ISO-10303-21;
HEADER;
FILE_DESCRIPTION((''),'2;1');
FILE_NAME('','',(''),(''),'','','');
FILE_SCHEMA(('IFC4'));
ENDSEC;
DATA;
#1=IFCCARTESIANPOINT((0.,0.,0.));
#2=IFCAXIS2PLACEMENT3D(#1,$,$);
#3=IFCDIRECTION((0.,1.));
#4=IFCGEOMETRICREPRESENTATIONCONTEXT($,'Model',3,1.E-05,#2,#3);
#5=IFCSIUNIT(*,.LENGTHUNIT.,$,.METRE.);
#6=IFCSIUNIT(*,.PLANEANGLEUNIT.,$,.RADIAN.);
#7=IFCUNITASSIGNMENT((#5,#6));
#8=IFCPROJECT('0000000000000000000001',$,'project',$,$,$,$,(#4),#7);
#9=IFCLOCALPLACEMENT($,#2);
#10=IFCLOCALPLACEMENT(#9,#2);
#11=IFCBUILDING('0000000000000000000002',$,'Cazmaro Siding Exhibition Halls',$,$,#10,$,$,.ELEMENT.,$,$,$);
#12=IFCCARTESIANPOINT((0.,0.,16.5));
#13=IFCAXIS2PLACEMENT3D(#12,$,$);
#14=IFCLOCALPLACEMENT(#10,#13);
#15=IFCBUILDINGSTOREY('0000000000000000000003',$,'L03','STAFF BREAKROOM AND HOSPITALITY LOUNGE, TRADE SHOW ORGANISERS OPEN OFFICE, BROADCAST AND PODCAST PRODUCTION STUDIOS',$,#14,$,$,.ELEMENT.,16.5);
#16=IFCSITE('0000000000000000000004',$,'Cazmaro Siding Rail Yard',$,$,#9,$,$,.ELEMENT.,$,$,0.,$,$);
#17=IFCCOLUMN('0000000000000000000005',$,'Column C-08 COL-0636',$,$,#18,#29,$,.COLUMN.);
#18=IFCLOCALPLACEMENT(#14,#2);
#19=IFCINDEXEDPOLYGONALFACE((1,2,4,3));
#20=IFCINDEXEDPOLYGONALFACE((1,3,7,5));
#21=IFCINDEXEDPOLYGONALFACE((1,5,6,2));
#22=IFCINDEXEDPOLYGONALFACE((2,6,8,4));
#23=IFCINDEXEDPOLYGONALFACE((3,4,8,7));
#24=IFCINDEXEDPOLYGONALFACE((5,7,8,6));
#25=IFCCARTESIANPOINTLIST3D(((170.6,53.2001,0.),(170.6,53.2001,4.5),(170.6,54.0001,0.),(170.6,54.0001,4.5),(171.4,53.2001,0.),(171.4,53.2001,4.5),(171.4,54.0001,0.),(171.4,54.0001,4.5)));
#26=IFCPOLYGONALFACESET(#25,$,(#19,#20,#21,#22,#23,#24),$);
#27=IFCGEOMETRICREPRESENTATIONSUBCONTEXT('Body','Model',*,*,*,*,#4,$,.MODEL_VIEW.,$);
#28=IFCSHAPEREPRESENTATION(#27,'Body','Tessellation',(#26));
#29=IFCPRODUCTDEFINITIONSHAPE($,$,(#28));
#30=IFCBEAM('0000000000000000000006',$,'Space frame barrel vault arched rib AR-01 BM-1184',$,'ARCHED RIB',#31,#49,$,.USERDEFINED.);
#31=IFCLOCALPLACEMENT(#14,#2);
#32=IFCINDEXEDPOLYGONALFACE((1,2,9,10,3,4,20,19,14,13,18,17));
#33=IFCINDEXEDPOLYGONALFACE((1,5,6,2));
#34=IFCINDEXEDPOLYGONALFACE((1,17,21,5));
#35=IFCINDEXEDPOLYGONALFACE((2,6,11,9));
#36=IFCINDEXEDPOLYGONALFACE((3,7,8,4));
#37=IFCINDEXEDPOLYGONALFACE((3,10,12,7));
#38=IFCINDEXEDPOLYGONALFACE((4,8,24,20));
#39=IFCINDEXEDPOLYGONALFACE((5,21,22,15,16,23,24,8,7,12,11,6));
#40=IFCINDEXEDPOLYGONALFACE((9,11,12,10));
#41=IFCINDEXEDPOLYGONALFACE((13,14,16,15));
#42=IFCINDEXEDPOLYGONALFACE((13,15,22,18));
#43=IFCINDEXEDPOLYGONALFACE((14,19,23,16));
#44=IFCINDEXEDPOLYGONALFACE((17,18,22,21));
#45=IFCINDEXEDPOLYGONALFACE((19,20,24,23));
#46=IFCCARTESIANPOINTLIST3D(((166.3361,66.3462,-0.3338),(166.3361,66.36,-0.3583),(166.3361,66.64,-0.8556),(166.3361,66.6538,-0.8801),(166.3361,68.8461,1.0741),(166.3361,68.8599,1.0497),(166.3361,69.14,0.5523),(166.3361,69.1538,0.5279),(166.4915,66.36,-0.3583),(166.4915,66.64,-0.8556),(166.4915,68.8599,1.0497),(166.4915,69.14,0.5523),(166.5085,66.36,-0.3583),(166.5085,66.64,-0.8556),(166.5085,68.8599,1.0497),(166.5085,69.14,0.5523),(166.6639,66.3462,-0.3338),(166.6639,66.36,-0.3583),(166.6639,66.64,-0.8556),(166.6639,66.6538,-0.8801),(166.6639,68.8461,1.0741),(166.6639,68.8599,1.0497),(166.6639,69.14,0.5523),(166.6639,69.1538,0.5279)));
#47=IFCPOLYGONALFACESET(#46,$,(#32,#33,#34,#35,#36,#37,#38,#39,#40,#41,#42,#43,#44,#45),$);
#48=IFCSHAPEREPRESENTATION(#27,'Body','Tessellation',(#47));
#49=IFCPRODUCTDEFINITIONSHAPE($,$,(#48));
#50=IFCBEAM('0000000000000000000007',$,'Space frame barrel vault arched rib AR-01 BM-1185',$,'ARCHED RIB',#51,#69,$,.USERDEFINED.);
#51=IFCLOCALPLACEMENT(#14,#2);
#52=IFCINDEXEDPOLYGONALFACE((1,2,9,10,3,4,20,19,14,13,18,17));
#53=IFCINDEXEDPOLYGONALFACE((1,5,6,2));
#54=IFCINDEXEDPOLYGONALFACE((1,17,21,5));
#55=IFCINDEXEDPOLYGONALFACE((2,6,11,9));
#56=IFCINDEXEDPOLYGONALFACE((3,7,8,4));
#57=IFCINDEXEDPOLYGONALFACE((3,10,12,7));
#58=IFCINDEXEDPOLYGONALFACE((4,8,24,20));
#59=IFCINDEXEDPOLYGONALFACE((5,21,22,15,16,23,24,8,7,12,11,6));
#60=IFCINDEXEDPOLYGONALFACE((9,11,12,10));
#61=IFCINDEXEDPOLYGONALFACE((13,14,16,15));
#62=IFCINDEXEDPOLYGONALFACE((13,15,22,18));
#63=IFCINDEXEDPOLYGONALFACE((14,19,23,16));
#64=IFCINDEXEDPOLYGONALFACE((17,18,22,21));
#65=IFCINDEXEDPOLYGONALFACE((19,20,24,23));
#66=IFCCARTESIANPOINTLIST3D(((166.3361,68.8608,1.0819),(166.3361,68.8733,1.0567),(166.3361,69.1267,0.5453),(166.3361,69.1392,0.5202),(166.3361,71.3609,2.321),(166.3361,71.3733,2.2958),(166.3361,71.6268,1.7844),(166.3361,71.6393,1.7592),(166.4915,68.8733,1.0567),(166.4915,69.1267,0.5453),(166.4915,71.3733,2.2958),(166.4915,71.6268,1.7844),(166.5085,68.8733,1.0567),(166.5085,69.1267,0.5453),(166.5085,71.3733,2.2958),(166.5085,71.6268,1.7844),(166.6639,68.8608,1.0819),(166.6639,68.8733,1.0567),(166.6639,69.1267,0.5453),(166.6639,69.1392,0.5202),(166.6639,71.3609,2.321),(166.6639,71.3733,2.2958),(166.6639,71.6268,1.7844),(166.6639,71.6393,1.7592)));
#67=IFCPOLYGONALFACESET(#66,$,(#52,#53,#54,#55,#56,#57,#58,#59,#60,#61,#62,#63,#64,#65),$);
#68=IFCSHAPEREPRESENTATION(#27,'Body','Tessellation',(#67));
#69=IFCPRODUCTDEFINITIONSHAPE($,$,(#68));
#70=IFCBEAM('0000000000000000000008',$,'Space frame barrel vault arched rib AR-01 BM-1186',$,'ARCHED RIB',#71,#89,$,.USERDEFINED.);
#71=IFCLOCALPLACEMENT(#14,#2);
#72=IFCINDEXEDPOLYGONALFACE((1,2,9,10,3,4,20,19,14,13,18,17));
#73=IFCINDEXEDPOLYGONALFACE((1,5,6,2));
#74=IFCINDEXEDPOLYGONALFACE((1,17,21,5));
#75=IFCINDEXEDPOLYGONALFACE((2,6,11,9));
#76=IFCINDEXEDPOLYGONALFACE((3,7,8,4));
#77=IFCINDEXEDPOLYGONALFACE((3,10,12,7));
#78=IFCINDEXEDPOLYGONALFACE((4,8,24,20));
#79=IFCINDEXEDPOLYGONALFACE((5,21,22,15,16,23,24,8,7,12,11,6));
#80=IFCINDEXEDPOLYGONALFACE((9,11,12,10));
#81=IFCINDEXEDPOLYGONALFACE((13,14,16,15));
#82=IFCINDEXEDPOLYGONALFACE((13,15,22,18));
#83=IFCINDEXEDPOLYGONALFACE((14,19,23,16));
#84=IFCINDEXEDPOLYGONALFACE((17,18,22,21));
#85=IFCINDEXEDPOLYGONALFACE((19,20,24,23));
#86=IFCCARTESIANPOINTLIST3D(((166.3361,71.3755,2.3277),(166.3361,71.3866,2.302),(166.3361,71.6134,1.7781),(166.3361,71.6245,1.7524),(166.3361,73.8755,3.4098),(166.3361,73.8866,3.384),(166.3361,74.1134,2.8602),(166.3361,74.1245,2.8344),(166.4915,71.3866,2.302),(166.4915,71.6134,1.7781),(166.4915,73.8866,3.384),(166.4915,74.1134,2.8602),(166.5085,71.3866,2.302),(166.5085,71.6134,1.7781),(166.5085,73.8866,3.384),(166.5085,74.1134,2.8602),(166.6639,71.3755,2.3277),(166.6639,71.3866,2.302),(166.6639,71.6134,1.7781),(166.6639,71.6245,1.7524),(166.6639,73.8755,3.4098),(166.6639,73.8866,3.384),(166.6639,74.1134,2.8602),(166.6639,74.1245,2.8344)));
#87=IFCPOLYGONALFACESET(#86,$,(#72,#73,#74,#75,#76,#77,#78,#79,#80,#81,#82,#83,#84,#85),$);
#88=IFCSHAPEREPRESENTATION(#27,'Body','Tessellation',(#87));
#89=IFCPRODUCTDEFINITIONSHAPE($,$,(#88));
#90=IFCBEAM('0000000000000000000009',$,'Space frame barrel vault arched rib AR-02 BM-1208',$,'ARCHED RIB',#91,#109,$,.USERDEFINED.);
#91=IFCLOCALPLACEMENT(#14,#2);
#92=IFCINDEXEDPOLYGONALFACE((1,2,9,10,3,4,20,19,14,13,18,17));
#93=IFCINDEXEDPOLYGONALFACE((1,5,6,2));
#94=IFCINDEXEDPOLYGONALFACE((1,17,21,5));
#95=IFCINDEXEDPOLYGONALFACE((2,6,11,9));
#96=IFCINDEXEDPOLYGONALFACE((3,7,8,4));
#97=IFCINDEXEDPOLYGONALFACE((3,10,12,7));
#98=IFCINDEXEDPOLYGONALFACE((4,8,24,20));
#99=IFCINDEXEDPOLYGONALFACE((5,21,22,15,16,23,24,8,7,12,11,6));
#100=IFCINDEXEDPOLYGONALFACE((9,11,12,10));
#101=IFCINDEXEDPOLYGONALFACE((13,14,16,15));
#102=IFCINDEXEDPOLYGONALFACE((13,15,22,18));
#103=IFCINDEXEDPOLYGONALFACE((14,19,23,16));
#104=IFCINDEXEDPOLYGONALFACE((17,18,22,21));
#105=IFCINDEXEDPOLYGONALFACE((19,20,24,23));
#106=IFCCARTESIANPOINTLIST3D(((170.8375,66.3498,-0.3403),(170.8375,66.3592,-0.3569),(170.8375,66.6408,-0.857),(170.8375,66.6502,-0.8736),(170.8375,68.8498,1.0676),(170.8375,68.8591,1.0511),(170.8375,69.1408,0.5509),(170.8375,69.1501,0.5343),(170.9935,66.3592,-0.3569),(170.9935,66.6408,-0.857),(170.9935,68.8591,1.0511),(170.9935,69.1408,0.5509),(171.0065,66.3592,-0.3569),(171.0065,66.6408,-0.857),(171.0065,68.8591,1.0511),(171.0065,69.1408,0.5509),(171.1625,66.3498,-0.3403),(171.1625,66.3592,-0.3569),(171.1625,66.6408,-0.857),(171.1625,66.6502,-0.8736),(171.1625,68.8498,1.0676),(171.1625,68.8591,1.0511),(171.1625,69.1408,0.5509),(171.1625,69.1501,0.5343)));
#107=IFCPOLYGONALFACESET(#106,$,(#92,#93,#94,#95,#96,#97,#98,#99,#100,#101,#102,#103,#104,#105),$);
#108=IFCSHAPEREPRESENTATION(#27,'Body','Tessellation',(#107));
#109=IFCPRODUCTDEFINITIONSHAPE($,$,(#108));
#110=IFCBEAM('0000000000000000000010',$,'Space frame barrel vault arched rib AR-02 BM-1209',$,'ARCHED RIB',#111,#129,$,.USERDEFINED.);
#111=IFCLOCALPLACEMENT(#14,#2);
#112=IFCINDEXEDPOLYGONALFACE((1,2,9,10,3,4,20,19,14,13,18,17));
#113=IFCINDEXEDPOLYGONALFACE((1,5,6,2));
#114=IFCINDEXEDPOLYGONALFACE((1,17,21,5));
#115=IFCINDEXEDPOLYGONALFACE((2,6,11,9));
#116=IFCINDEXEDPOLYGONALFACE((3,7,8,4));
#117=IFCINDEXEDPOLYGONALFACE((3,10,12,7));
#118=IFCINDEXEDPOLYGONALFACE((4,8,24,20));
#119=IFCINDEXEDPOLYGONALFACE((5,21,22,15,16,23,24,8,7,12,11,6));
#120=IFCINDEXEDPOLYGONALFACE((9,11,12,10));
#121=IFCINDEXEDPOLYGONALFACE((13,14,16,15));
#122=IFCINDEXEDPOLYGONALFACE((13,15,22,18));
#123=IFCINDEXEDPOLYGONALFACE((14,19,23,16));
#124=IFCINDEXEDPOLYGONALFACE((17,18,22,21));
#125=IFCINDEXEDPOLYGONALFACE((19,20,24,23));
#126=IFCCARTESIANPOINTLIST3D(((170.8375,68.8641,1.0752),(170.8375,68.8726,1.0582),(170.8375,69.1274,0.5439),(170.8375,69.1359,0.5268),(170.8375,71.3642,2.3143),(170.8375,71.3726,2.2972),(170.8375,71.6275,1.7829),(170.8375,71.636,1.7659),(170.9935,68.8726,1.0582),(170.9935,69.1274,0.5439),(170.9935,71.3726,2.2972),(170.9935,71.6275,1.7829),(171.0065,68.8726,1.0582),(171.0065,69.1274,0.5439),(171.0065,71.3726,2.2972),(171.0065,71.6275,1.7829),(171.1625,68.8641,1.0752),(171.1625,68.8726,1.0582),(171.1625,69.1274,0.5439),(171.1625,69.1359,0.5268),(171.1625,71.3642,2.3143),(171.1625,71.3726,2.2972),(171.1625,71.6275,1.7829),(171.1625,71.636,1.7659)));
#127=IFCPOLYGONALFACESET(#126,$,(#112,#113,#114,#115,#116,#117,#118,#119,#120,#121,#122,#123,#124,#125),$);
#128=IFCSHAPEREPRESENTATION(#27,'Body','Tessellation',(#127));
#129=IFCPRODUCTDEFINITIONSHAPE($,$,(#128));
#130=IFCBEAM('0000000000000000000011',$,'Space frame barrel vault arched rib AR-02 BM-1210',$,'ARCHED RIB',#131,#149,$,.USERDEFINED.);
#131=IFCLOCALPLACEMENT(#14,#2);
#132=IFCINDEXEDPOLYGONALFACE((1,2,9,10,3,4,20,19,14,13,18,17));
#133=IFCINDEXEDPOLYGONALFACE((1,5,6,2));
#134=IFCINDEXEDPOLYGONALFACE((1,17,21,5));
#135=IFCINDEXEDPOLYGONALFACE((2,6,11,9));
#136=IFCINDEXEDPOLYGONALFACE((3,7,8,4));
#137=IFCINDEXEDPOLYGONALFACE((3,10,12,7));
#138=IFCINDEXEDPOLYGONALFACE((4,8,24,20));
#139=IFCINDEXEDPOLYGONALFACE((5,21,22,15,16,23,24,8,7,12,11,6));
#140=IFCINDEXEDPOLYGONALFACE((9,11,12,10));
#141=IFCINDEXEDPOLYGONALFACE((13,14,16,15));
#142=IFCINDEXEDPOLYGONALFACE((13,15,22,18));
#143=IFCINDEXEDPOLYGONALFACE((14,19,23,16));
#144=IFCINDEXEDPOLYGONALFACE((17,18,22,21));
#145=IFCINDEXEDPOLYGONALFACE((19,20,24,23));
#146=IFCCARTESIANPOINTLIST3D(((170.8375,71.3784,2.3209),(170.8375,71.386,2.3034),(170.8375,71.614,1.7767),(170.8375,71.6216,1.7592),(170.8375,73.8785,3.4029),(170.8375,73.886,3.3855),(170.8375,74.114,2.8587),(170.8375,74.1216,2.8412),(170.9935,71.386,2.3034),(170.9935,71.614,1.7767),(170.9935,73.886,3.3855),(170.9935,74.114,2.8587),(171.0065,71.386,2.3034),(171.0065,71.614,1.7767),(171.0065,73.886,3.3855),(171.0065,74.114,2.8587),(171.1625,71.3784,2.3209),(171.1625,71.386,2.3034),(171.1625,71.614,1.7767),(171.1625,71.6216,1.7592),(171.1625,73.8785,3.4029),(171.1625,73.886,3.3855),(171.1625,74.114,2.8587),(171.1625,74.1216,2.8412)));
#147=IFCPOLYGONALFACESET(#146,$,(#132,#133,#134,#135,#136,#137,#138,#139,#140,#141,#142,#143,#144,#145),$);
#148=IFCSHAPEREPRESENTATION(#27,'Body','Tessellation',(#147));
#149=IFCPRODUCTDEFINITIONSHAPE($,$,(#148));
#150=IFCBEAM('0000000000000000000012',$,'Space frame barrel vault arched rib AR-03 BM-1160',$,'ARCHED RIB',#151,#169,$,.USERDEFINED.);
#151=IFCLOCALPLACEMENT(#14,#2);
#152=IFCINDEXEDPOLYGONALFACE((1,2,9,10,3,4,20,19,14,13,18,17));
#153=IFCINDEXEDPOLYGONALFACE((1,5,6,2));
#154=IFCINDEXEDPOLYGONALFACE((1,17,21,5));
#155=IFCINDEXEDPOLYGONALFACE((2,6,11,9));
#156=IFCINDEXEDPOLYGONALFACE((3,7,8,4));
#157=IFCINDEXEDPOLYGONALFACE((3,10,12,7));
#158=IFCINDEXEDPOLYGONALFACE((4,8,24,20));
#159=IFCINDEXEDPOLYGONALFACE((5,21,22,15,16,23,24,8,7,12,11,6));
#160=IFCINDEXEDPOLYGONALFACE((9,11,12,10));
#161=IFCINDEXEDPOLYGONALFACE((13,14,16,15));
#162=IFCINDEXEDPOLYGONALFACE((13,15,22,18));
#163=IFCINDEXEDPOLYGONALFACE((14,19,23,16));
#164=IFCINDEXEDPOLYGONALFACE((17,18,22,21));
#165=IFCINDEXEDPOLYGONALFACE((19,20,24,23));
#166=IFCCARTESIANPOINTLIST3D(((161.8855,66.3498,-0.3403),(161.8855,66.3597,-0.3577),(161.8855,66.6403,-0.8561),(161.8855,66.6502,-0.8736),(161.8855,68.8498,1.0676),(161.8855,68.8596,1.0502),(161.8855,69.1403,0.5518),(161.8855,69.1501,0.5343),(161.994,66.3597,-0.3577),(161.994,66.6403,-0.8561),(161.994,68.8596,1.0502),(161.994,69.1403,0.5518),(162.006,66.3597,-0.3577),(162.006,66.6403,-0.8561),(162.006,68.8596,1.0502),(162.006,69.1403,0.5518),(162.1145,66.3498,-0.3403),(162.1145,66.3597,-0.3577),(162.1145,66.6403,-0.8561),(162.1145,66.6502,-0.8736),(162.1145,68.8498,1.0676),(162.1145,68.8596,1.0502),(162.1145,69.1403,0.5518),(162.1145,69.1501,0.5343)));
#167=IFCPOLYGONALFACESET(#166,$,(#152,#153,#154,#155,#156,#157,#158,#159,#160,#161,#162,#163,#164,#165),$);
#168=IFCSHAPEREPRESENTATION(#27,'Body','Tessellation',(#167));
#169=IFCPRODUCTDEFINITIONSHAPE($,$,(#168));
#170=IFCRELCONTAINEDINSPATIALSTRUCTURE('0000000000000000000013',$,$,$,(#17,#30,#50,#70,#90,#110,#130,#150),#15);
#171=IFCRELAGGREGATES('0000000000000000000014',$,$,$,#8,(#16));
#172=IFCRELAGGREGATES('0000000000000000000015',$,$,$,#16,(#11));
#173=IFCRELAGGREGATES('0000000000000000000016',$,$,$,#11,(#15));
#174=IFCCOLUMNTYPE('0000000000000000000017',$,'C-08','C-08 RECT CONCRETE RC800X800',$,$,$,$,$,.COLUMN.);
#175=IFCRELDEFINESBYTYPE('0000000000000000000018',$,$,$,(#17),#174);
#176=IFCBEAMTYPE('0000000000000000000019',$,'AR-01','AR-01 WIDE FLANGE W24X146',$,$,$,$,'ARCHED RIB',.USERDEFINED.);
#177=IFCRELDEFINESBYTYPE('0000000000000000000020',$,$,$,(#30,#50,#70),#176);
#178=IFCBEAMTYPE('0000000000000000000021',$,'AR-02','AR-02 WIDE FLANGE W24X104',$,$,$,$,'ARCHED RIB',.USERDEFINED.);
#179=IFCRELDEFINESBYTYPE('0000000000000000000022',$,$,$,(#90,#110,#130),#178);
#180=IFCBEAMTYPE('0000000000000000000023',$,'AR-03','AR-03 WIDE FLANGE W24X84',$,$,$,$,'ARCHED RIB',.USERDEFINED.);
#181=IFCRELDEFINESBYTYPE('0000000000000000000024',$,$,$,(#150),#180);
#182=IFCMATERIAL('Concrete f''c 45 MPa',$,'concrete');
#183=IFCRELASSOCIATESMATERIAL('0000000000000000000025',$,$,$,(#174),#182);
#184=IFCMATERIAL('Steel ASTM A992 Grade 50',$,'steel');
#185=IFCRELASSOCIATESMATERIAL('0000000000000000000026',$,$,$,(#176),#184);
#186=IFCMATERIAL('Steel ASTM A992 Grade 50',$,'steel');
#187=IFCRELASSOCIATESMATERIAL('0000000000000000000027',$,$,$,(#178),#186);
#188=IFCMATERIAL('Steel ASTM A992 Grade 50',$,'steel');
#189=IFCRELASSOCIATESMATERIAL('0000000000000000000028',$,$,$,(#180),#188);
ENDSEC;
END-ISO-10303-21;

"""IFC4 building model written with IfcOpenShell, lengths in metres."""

from ifc_helpers import new_model, si_unit, direction, frame, origin, origin_2d, place, context, subcontext, project, spatial, rectangle, i_section, extrude, material, material_profile, profile_set, type_object, element, save


model = new_model("IFC4")

# Units and contexts
model_context = context("Model", 3, precision=1e-05, world=origin(), true_north=direction((0.0, 1.0)))
body_context = subcontext(model_context, "Body", "Model", "MODEL_VIEW")
ifc_project = project(units=[si_unit("LENGTHUNIT", "METRE"), si_unit("PLANEANGLEUNIT", "RADIAN")], contexts=[model_context])

# Site, building, storey
site_placement = place(None, origin())
site = spatial("IfcSite", under=ifc_project, at=site_placement, Name="Cazmaro Siding Rail Yard", CompositionType="ELEMENT", RefElevation=0.0)
building_placement = place(site_placement, origin())
building = spatial("IfcBuilding", under=site, at=building_placement, Name="Cazmaro Siding Exhibition Halls", CompositionType="ELEMENT")
storey_placement = place(building_placement, frame((0.0, 0.0, 16.5)))
storey = spatial("IfcBuildingStorey", under=building, at=storey_placement, Name="L03", Description="STAFF BREAKROOM AND HOSPITALITY LOUNGE, TRADE SHOW ORGANISERS OPEN OFFICE, BROADCAST AND PODCAST PRODUCTION STUDIOS", CompositionType="ELEMENT", Elevation=16.5)

# Column
ifc_material_1 = material(Name="Concrete f'c 45 MPa", Category="concrete")
ifc_material_profile_1 = material_profile(ifc_material_1, rectangle(XDim=0.8, YDim=0.8, at=origin_2d()), Name="RC800X800")
ifc_profile_set_1 = profile_set([ifc_material_profile_1], Name="Concrete f'c 45 MPa")
column_type = type_object("IfcColumnType", Name="C-08", Description="C-08 RECT CONCRETE RC800X800", PredefinedType="COLUMN", material=ifc_profile_set_1)
column_placement = place(storey_placement, frame((171.0, 53.6001, 0.0), z_axis=(0.0, 0.0, 1.0), x_axis=(1.0, 0.0, 0.0)))
element("IfcColumn", 1, at=column_placement, inside=storey, type_object=column_type, Name="Column C-08 COL-0636", PredefinedType="COLUMN", context=body_context, shape_type="SweptSolid", body=[
    extrude(rectangle(XDim=0.8, YDim=0.8, at=origin_2d()), origin(), (0.0, 0.0, 1.0), 4.5),
])

# Beams
ifc_material_2 = material(Name="Steel ASTM A992 Grade 50", Category="steel")
ifc_material_profile_2 = material_profile(ifc_material_2, i_section(OverallWidth=0.3279, OverallDepth=0.627, WebThickness=0.0171, FlangeThickness=0.0281, at=origin_2d()), Name="W24X146")
ifc_profile_set_2 = profile_set([ifc_material_profile_2], Name="Steel ASTM A992 Grade 50")
beam_type_1 = type_object("IfcBeamType", Name="AR-01", Description="AR-01 WIDE FLANGE W24X146", ElementType="ARCHED RIB", PredefinedType="USERDEFINED", material=ifc_profile_set_2)
beam_1_placement = place(storey_placement, frame((166.5, 66.5, -0.6069), z_axis=(0.0, 0.871321, 0.490714), x_axis=(-1.0, 0.0, 0.0)))
element("IfcBeam", 2, at=beam_1_placement, inside=storey, type_object=beam_type_1, Name="Space frame barrel vault arched rib AR-01 BM-1184", ObjectType="ARCHED RIB", PredefinedType="USERDEFINED", context=body_context, shape_type="SweptSolid", body=[
    extrude(i_section(OverallWidth=0.3279, OverallDepth=0.627, WebThickness=0.0171, FlangeThickness=0.0281, at=origin_2d()), origin(), (0.0, 0.0, 1.0), 2.8691),
])
beam_2_placement = place(storey_placement, frame((166.5, 69.0, 0.801), z_axis=(0.0, 0.895997, 0.444061), x_axis=(-1.0, 0.0, 0.0)))
element("IfcBeam", 3, at=beam_2_placement, inside=storey, type_object=beam_type_1, Name="Space frame barrel vault arched rib AR-01 BM-1185", ObjectType="ARCHED RIB", PredefinedType="USERDEFINED", context=body_context, shape_type="SweptSolid", body=[
    extrude(i_section(OverallWidth=0.3279, OverallDepth=0.627, WebThickness=0.0171, FlangeThickness=0.0281, at=origin_2d()), origin(), (0.0, 0.0, 1.0), 2.7903),
])
beam_3_placement = place(storey_placement, frame((166.5, 71.5, 2.04), z_axis=(0.0, 0.91773, 0.397205), x_axis=(-1.0, 0.0, 0.0)))
element("IfcBeam", 4, at=beam_3_placement, inside=storey, type_object=beam_type_1, Name="Space frame barrel vault arched rib AR-01 BM-1186", ObjectType="ARCHED RIB", PredefinedType="USERDEFINED", context=body_context, shape_type="SweptSolid", body=[
    extrude(i_section(OverallWidth=0.3279, OverallDepth=0.627, WebThickness=0.0171, FlangeThickness=0.0281, at=origin_2d()), origin(), (0.0, 0.0, 1.0), 2.7241),
])
ifc_material_3 = material(Name="Steel ASTM A992 Grade 50", Category="steel")
ifc_material_profile_3 = material_profile(ifc_material_3, i_section(OverallWidth=0.325, OverallDepth=0.6121, WebThickness=0.0129, FlangeThickness=0.019, at=origin_2d()), Name="W24X104")
ifc_profile_set_3 = profile_set([ifc_material_profile_3], Name="Steel ASTM A992 Grade 50")
beam_type_2 = type_object("IfcBeamType", Name="AR-02", Description="AR-02 WIDE FLANGE W24X104", ElementType="ARCHED RIB", PredefinedType="USERDEFINED", material=ifc_profile_set_3)
beam_4_placement = place(storey_placement, frame((171.0, 66.5, -0.6069), z_axis=(0.0, 0.871321, 0.490714), x_axis=(-1.0, 0.0, 0.0)))
element("IfcBeam", 5, at=beam_4_placement, inside=storey, type_object=beam_type_2, Name="Space frame barrel vault arched rib AR-02 BM-1208", ObjectType="ARCHED RIB", PredefinedType="USERDEFINED", context=body_context, shape_type="SweptSolid", body=[
    extrude(i_section(OverallWidth=0.325, OverallDepth=0.6121, WebThickness=0.0129, FlangeThickness=0.019, at=origin_2d()), origin(), (0.0, 0.0, 1.0), 2.8691),
])
beam_5_placement = place(storey_placement, frame((171.0, 69.0, 0.801), z_axis=(0.0, 0.895997, 0.444061), x_axis=(-1.0, 0.0, 0.0)))
element("IfcBeam", 6, at=beam_5_placement, inside=storey, type_object=beam_type_2, Name="Space frame barrel vault arched rib AR-02 BM-1209", ObjectType="ARCHED RIB", PredefinedType="USERDEFINED", context=body_context, shape_type="SweptSolid", body=[
    extrude(i_section(OverallWidth=0.325, OverallDepth=0.6121, WebThickness=0.0129, FlangeThickness=0.019, at=origin_2d()), origin(), (0.0, 0.0, 1.0), 2.7903),
])
beam_6_placement = place(storey_placement, frame((171.0, 71.5, 2.04), z_axis=(0.0, 0.91773, 0.397205), x_axis=(-1.0, 0.0, 0.0)))
element("IfcBeam", 7, at=beam_6_placement, inside=storey, type_object=beam_type_2, Name="Space frame barrel vault arched rib AR-02 BM-1210", ObjectType="ARCHED RIB", PredefinedType="USERDEFINED", context=body_context, shape_type="SweptSolid", body=[
    extrude(i_section(OverallWidth=0.325, OverallDepth=0.6121, WebThickness=0.0129, FlangeThickness=0.019, at=origin_2d()), origin(), (0.0, 0.0, 1.0), 2.7241),
])
ifc_material_4 = material(Name="Steel ASTM A992 Grade 50", Category="steel")
ifc_material_profile_4 = material_profile(ifc_material_4, i_section(OverallWidth=0.229, OverallDepth=0.6121, WebThickness=0.012, FlangeThickness=0.02, at=origin_2d()), Name="W24X84")
ifc_profile_set_4 = profile_set([ifc_material_profile_4], Name="Steel ASTM A992 Grade 50")
beam_type_3 = type_object("IfcBeamType", Name="AR-03", Description="AR-03 WIDE FLANGE W24X84", ElementType="ARCHED RIB", PredefinedType="USERDEFINED", material=ifc_profile_set_4)
beam_7_placement = place(storey_placement, frame((162.0, 66.5, -0.6069), z_axis=(0.0, 0.871321, 0.490714), x_axis=(-1.0, 0.0, 0.0)))
element("IfcBeam", 8, at=beam_7_placement, inside=storey, type_object=beam_type_3, Name="Space frame barrel vault arched rib AR-03 BM-1160", ObjectType="ARCHED RIB", PredefinedType="USERDEFINED", context=body_context, shape_type="SweptSolid", body=[
    extrude(i_section(OverallWidth=0.229, OverallDepth=0.6121, WebThickness=0.012, FlangeThickness=0.02, at=origin_2d()), origin(), (0.0, 0.0, 1.0), 2.8691),
])

save(model, "model.ifc")
